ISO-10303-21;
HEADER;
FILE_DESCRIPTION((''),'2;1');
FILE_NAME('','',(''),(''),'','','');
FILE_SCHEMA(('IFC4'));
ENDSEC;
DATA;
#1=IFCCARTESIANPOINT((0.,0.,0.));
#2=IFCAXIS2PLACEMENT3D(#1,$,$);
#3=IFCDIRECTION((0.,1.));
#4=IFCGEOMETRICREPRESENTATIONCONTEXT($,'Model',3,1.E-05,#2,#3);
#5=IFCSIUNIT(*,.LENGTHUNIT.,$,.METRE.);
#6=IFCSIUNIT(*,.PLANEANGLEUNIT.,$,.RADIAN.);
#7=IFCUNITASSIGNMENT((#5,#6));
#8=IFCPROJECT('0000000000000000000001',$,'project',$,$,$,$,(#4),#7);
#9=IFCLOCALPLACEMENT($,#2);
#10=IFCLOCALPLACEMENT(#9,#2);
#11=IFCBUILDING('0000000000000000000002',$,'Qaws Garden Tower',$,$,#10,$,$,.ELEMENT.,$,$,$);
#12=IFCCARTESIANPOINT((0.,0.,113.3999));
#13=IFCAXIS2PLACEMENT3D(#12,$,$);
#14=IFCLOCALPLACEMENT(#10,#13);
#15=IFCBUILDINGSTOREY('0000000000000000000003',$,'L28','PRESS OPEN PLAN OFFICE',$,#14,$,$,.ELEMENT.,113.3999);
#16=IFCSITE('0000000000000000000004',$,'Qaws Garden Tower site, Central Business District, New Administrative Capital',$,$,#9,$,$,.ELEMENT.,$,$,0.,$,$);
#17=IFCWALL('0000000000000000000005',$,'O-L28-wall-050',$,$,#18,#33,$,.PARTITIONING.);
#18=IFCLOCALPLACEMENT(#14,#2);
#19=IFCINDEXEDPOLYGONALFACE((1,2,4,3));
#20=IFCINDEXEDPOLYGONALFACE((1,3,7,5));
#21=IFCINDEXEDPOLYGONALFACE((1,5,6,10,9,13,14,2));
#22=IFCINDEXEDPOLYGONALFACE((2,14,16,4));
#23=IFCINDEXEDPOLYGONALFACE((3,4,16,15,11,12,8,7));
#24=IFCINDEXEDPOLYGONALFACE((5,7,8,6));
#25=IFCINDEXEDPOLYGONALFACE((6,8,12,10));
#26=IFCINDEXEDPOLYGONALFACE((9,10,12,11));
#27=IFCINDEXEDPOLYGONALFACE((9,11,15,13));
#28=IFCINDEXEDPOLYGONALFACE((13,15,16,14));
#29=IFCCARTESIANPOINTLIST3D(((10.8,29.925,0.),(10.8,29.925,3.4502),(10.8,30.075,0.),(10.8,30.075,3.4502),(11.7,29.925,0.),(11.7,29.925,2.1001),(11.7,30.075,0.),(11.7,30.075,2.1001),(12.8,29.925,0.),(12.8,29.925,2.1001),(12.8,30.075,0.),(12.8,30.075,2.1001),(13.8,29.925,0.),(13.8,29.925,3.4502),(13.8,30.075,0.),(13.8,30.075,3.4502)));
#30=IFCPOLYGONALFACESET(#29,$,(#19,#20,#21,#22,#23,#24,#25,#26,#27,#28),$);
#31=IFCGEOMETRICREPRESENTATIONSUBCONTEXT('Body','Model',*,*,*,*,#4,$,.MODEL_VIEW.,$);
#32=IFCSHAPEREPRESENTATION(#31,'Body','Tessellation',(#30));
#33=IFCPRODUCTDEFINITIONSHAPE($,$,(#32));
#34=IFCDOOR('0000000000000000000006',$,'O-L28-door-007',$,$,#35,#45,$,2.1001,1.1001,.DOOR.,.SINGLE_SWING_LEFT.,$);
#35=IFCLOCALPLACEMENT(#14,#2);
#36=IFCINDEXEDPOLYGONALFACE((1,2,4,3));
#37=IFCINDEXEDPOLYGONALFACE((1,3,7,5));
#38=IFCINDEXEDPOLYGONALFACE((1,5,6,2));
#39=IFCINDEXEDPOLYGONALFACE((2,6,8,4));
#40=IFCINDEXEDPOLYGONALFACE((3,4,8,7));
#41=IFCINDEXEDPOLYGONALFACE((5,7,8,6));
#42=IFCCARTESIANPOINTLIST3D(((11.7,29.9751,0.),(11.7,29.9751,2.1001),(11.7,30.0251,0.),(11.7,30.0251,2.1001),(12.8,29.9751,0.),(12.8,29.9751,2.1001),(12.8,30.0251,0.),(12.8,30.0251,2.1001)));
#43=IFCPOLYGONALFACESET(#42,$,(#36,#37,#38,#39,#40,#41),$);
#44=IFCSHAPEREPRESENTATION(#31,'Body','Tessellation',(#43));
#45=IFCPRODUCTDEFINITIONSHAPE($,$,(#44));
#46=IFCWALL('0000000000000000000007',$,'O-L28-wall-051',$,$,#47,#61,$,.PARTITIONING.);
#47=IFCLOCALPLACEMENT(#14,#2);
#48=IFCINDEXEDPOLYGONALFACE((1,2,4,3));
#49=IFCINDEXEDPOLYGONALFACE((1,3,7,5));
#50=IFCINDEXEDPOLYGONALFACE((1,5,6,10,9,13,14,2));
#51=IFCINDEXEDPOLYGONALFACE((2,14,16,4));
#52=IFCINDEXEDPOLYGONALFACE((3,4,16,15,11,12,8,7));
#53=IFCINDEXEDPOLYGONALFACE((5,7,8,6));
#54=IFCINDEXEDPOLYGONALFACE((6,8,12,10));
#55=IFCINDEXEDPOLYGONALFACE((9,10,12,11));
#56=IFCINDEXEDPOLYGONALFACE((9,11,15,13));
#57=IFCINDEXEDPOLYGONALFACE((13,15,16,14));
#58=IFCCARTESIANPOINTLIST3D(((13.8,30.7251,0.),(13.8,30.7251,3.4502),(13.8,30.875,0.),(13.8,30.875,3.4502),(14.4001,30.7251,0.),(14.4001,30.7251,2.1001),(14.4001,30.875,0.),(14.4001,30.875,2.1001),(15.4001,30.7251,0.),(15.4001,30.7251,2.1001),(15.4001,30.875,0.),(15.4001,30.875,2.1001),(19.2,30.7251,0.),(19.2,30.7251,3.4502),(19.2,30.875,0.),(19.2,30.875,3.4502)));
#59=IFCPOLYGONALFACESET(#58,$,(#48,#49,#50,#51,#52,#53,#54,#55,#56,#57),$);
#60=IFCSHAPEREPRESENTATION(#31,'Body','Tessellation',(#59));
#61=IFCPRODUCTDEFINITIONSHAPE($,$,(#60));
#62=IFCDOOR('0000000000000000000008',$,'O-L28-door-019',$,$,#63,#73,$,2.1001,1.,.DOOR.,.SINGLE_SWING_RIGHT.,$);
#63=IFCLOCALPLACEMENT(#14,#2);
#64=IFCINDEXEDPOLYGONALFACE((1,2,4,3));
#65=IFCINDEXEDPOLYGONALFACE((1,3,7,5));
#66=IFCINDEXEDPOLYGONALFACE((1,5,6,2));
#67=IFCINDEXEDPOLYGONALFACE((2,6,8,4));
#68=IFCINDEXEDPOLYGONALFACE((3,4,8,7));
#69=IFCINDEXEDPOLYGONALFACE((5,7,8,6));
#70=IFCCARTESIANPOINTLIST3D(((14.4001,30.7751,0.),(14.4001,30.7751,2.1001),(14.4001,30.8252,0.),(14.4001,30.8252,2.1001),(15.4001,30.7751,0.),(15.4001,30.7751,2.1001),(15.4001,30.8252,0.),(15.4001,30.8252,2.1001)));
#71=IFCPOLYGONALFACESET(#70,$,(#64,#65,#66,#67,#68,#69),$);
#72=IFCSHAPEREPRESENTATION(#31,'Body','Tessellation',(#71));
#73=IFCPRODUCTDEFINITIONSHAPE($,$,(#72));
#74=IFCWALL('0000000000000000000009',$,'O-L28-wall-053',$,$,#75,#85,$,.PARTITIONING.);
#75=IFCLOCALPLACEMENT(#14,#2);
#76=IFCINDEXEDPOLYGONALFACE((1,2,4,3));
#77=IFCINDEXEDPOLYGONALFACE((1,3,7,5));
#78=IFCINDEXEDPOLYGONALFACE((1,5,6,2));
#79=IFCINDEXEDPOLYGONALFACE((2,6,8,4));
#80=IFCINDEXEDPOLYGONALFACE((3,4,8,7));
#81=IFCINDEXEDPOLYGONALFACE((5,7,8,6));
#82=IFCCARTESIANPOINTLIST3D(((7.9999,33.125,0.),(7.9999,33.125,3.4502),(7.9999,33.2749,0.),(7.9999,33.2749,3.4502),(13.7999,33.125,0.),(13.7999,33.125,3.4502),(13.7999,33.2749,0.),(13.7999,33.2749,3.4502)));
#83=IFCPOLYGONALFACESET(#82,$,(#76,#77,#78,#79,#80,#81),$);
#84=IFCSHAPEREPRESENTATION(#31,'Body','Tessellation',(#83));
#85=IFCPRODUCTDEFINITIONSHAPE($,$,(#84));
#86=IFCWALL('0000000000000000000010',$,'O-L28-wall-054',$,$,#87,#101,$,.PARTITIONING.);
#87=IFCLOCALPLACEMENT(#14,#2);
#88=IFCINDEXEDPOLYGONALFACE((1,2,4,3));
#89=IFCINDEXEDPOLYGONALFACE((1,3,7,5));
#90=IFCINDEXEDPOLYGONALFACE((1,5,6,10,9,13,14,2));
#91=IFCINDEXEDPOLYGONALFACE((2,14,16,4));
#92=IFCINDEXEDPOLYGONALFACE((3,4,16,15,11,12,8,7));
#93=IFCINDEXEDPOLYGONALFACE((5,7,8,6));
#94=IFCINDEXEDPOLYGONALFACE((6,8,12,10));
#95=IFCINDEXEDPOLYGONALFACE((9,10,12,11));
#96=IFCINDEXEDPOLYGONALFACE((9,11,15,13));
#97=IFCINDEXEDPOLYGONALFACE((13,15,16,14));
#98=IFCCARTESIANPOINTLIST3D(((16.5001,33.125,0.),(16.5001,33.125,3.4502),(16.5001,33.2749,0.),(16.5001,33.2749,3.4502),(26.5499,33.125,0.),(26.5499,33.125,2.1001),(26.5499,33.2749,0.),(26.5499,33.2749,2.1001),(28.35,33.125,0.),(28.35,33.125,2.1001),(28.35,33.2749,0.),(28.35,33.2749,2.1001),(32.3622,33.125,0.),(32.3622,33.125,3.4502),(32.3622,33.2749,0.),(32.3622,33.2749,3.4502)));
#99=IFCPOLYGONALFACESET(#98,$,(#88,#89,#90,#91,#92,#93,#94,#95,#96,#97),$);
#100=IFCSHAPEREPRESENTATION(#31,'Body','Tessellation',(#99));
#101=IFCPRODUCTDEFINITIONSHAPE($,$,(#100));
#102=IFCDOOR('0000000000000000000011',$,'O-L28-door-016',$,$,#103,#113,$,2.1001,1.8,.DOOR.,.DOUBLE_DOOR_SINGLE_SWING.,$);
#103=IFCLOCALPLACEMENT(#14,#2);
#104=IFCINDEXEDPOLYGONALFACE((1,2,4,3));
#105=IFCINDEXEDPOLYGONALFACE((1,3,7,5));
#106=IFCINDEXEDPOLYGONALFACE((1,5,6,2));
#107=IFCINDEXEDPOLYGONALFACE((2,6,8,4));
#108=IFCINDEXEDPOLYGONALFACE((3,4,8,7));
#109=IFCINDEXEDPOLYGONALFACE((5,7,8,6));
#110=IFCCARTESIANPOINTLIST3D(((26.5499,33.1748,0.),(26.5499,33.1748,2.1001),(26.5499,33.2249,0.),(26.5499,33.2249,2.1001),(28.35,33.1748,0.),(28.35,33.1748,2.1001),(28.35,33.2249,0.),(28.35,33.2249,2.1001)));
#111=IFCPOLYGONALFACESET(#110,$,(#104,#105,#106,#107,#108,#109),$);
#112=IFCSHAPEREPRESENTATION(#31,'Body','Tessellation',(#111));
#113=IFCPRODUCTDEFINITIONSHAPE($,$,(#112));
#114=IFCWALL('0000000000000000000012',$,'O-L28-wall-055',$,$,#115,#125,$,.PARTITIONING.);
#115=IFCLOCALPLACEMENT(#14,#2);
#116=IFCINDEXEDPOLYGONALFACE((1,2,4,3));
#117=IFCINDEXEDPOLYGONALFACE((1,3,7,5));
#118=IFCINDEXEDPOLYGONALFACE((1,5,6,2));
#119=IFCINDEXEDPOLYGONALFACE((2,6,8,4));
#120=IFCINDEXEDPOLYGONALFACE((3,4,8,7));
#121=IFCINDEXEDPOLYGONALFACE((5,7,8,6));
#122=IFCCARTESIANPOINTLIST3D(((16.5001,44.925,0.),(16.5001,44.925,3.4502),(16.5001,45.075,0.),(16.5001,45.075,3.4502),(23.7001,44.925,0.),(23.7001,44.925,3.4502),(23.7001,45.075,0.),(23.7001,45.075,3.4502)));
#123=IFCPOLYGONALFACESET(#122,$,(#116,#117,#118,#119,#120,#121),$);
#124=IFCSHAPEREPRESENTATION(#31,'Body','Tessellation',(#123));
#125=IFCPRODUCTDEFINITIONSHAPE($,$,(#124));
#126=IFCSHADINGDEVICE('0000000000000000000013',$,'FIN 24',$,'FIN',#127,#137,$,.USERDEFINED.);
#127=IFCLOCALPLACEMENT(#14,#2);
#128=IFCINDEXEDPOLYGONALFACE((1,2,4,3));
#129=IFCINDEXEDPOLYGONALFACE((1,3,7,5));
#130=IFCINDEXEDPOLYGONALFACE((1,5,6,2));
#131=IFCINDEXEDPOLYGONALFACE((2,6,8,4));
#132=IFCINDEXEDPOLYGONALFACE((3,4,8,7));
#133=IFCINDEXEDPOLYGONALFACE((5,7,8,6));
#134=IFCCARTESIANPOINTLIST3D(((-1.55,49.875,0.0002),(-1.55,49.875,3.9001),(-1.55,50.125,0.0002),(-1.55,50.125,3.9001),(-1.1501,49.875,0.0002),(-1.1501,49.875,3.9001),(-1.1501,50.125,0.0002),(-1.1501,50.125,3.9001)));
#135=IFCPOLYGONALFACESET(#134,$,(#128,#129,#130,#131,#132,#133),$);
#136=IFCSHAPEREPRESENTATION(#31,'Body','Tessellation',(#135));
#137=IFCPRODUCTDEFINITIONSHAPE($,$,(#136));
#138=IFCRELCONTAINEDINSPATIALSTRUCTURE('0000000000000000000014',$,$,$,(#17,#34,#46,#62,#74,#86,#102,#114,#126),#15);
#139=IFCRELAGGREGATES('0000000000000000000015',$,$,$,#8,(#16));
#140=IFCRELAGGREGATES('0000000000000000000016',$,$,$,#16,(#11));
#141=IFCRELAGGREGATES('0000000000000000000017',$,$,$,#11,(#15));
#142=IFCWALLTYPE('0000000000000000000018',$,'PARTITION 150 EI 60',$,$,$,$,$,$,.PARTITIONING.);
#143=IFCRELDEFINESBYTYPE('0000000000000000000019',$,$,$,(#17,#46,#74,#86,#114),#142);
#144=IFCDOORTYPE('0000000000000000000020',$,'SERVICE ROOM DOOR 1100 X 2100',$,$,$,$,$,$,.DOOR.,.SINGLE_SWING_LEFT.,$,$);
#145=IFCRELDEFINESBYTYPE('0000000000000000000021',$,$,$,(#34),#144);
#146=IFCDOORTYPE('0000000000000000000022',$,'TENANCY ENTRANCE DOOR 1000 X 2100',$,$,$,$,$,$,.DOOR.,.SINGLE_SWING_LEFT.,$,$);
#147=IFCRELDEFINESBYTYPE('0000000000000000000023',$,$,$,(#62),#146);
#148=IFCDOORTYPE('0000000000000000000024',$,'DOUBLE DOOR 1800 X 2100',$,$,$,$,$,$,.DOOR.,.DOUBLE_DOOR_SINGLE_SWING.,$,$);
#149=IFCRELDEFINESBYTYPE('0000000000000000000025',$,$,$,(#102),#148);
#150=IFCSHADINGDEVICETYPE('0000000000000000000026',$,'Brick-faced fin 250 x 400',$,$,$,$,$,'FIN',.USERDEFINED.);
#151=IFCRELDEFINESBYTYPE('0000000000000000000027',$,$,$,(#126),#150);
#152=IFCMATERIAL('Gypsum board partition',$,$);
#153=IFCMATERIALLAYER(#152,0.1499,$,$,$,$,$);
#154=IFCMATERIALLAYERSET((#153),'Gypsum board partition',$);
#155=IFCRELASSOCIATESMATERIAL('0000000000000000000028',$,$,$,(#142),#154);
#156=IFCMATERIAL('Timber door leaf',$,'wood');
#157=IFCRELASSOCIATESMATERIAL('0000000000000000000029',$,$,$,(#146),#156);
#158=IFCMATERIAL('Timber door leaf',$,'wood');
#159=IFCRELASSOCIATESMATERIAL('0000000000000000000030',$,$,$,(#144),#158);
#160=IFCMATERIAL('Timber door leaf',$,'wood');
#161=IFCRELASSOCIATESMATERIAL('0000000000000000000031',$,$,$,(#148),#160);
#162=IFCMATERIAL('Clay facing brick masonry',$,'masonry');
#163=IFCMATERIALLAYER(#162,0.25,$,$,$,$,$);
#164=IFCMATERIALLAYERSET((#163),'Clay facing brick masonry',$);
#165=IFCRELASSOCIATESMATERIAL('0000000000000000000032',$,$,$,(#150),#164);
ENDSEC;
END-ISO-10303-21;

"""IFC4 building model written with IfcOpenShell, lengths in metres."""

from ifc_helpers import new_model, si_unit, direction, frame, frame_2d, origin, origin_2d, place, context, subcontext, project, spatial, rectangle, extrude, material, layer, layer_set, type_object, element, fill, save


model = new_model("IFC4")

# Units and contexts
model_context = context("Model", 3, precision=1e-05, world=origin(), true_north=direction((0.0, 1.0)))
body_context = subcontext(model_context, "Body", "Model", "MODEL_VIEW")
ifc_project = project(units=[si_unit("LENGTHUNIT", "METRE"), si_unit("PLANEANGLEUNIT", "RADIAN")], contexts=[model_context])

# Site, building, storey
site_placement = place(None, origin())
site = spatial("IfcSite", under=ifc_project, at=site_placement, Name="Qaws Garden Tower site, Central Business District, New Administrative Capital", CompositionType="ELEMENT", RefElevation=0.0)
building_placement = place(site_placement, origin())
building = spatial("IfcBuilding", under=site, at=building_placement, Name="Qaws Garden Tower", CompositionType="ELEMENT")
storey_placement = place(building_placement, frame((0.0, 0.0, 113.3999)))
storey = spatial("IfcBuildingStorey", under=building, at=storey_placement, Name="L28", Description="PRESS OPEN PLAN OFFICE", CompositionType="ELEMENT", Elevation=113.3999)

# Shared definitions
ifc_material_1 = material(Name="Gypsum board partition")
ifc_layer_1 = layer(ifc_material_1, 0.1499)
ifc_layer_set_1 = layer_set([ifc_layer_1], Name="Gypsum board partition")
wall_type_1 = type_object("IfcWallType", Name="PARTITION 150 EI 60", PredefinedType="PARTITIONING", material=ifc_layer_set_1)
ifc_material_2 = material(Name="Timber door leaf", Category="wood")
door_type_1 = type_object("IfcDoorType", Name="TENANCY ENTRANCE DOOR 1000 X 2100", OperationType="SINGLE_SWING_LEFT", PredefinedType="DOOR", material=ifc_material_2)

# Walls, openings, doors
wall_1_placement = place(storey_placement, frame((10.8, 30.0, 0.0), z_axis=(0.0, 0.0, 1.0), x_axis=(1.0, 0.0, 0.0)))
wall_1 = element("IfcWall", 1, at=wall_1_placement, inside=storey, type_object=wall_type_1, Name="O-L28-wall-050", PredefinedType="PARTITIONING", context=body_context, shape_type="SweptSolid", body=[
    extrude(rectangle(XDim=3.0, YDim=0.1499, at=frame_2d((1.5, 0.0))), origin(), (0.0, 0.0, 1.0), 3.4502),
])
opening_1_placement = place(wall_1_placement, frame((0.8999, 0.0, 0.0)))
opening_1 = element("IfcOpeningElement", 2, at=opening_1_placement, cuts=wall_1, PredefinedType="OPENING", context=body_context, shape_type="SweptSolid", body=[
    extrude(rectangle(XDim=1.1001, YDim=2.1001, at=frame_2d((0.55, 1.05))), frame((0.0, 0.085, 0.0), z_axis=(0.0, -1.0, 0.0), x_axis=(1.0, 0.0, 0.0)), (0.0, 0.0, 1.0), 0.1699),
])
ifc_material_3 = material(Name="Timber door leaf", Category="wood")
door_type_2 = type_object("IfcDoorType", Name="SERVICE ROOM DOOR 1100 X 2100", OperationType="SINGLE_SWING_LEFT", PredefinedType="DOOR", material=ifc_material_3)
door_1_placement = place(opening_1_placement, frame((1.1001, 0.0, 0.0), z_axis=(0.0, 0.0, 1.0), x_axis=(-1.0, 0.0, 0.0)))
door_1 = element("IfcDoor", 3, at=door_1_placement, inside=storey, type_object=door_type_2, Name="O-L28-door-007", OperationType="SINGLE_SWING_LEFT", OverallHeight=2.1001, OverallWidth=1.1001, PredefinedType="DOOR", context=body_context, shape_type="SweptSolid", body=[
    extrude(rectangle(XDim=1.1001, YDim=2.1001, at=frame_2d((0.55, 1.05))), frame((0.0, 0.0249, 0.0), z_axis=(0.0, -1.0, 0.0), x_axis=(1.0, 0.0, 0.0)), (0.0, 0.0, 1.0), 0.05),
])
fill(opening_1, door_1)
wall_2_placement = place(storey_placement, frame((13.8, 30.8, 0.0), z_axis=(0.0, 0.0, 1.0), x_axis=(1.0, 0.0, 0.0)))
wall_2 = element("IfcWall", 4, at=wall_2_placement, inside=storey, type_object=wall_type_1, Name="O-L28-wall-051", PredefinedType="PARTITIONING", context=body_context, shape_type="SweptSolid", body=[
    extrude(rectangle(XDim=5.3999, YDim=0.1499, at=frame_2d((2.7, 0.0))), origin(), (0.0, 0.0, 1.0), 3.4502),
])
opening_2_placement = place(wall_2_placement, frame((0.6001, 0.0, 0.0)))
opening_2 = element("IfcOpeningElement", 5, at=opening_2_placement, cuts=wall_2, PredefinedType="OPENING", context=body_context, shape_type="SweptSolid", body=[
    extrude(rectangle(XDim=1.0, YDim=2.1001, at=frame_2d((0.5, 1.05))), frame((0.0, 0.085, 0.0), z_axis=(0.0, -1.0, 0.0), x_axis=(1.0, 0.0, 0.0)), (0.0, 0.0, 1.0), 0.1699),
])
door_2_placement = place(opening_2_placement, frame((1.0, 0.0, 0.0), z_axis=(0.0, 0.0, 1.0), x_axis=(-1.0, 0.0, 0.0)))
door_2 = element("IfcDoor", 6, at=door_2_placement, inside=storey, type_object=door_type_1, Name="O-L28-door-019", OperationType="SINGLE_SWING_RIGHT", OverallHeight=2.1001, OverallWidth=1.0, PredefinedType="DOOR", context=body_context, shape_type="SweptSolid", body=[
    extrude(rectangle(XDim=1.0, YDim=2.1001, at=frame_2d((0.5, 1.05))), frame((0.0, 0.0249, 0.0), z_axis=(0.0, -1.0, 0.0), x_axis=(1.0, 0.0, 0.0)), (0.0, 0.0, 1.0), 0.05),
])
fill(opening_2, door_2)

# Wall
wall_3_placement = place(storey_placement, frame((8.0, 33.2, 0.0), z_axis=(0.0, 0.0, 1.0), x_axis=(1.0, 0.0, 0.0)))
element("IfcWall", 7, at=wall_3_placement, inside=storey, type_object=wall_type_1, Name="O-L28-wall-053", PredefinedType="PARTITIONING", context=body_context, shape_type="SweptSolid", body=[
    extrude(rectangle(XDim=5.8, YDim=0.1499, at=frame_2d((2.8999, 0.0))), origin(), (0.0, 0.0, 1.0), 3.4502),
])

# Wall, opening, door
wall_4_placement = place(storey_placement, frame((16.5, 33.2, 0.0), z_axis=(0.0, 0.0, 1.0), x_axis=(1.0, 0.0, 0.0)))
wall_4 = element("IfcWall", 8, at=wall_4_placement, inside=storey, type_object=wall_type_1, Name="O-L28-wall-054", PredefinedType="PARTITIONING", context=body_context, shape_type="SweptSolid", body=[
    extrude(rectangle(XDim=15.8621, YDim=0.1499, at=frame_2d((7.9312, 0.0))), origin(), (0.0, 0.0, 1.0), 3.4502),
])
opening_3_placement = place(wall_4_placement, frame((10.05, 0.0, 0.0)))
opening_3 = element("IfcOpeningElement", 9, at=opening_3_placement, cuts=wall_4, PredefinedType="OPENING", context=body_context, shape_type="SweptSolid", body=[
    extrude(rectangle(XDim=1.8, YDim=2.1001, at=frame_2d((0.8999, 1.05))), frame((0.0, 0.085, 0.0), z_axis=(0.0, -1.0, 0.0), x_axis=(1.0, 0.0, 0.0)), (0.0, 0.0, 1.0), 0.1699),
])
ifc_material_4 = material(Name="Timber door leaf", Category="wood")
door_type_3 = type_object("IfcDoorType", Name="DOUBLE DOOR 1800 X 2100", OperationType="DOUBLE_DOOR_SINGLE_SWING", PredefinedType="DOOR", material=ifc_material_4)
door_3_placement = place(opening_3_placement, origin())
door_3 = element("IfcDoor", 10, at=door_3_placement, inside=storey, type_object=door_type_3, Name="O-L28-door-016", OperationType="DOUBLE_DOOR_SINGLE_SWING", OverallHeight=2.1001, OverallWidth=1.8, PredefinedType="DOOR", context=body_context, shape_type="SweptSolid", body=[
    extrude(rectangle(XDim=1.8, YDim=2.1001, at=frame_2d((0.8999, 1.05))), frame((0.0, 0.0249, 0.0), z_axis=(0.0, -1.0, 0.0), x_axis=(1.0, 0.0, 0.0)), (0.0, 0.0, 1.0), 0.05),
])
fill(opening_3, door_3)

# Wall
wall_5_placement = place(storey_placement, frame((16.5, 45.0, 0.0), z_axis=(0.0, 0.0, 1.0), x_axis=(1.0, 0.0, 0.0)))
element("IfcWall", 11, at=wall_5_placement, inside=storey, type_object=wall_type_1, Name="O-L28-wall-055", PredefinedType="PARTITIONING", context=body_context, shape_type="SweptSolid", body=[
    extrude(rectangle(XDim=7.2, YDim=0.1499, at=frame_2d((3.6001, 0.0))), origin(), (0.0, 0.0, 1.0), 3.4502),
])

# Shading device
ifc_material_5 = material(Name="Clay facing brick masonry", Category="masonry")
ifc_layer_2 = layer(ifc_material_5, 0.25)
ifc_layer_set_2 = layer_set([ifc_layer_2], Name="Clay facing brick masonry")
shading_device_type = type_object("IfcShadingDeviceType", Name="Brick-faced fin 250 x 400", ElementType="FIN", PredefinedType="USERDEFINED", material=ifc_layer_set_2)
shading_device_placement = place(storey_placement, frame((-1.3501, 50.0, 0.0002), z_axis=(0.0, 0.0, 1.0), x_axis=(0.0, -1.0, 0.0)))
element("IfcShadingDevice", 12, at=shading_device_placement, inside=storey, type_object=shading_device_type, Name="FIN 24", ObjectType="FIN", PredefinedType="USERDEFINED", context=body_context, shape_type="SweptSolid", body=[
    extrude(rectangle(XDim=0.25, YDim=0.3999, at=origin_2d()), origin(), (0.0, 0.0, 1.0), 3.8999),
])

save(model, "model.ifc")
